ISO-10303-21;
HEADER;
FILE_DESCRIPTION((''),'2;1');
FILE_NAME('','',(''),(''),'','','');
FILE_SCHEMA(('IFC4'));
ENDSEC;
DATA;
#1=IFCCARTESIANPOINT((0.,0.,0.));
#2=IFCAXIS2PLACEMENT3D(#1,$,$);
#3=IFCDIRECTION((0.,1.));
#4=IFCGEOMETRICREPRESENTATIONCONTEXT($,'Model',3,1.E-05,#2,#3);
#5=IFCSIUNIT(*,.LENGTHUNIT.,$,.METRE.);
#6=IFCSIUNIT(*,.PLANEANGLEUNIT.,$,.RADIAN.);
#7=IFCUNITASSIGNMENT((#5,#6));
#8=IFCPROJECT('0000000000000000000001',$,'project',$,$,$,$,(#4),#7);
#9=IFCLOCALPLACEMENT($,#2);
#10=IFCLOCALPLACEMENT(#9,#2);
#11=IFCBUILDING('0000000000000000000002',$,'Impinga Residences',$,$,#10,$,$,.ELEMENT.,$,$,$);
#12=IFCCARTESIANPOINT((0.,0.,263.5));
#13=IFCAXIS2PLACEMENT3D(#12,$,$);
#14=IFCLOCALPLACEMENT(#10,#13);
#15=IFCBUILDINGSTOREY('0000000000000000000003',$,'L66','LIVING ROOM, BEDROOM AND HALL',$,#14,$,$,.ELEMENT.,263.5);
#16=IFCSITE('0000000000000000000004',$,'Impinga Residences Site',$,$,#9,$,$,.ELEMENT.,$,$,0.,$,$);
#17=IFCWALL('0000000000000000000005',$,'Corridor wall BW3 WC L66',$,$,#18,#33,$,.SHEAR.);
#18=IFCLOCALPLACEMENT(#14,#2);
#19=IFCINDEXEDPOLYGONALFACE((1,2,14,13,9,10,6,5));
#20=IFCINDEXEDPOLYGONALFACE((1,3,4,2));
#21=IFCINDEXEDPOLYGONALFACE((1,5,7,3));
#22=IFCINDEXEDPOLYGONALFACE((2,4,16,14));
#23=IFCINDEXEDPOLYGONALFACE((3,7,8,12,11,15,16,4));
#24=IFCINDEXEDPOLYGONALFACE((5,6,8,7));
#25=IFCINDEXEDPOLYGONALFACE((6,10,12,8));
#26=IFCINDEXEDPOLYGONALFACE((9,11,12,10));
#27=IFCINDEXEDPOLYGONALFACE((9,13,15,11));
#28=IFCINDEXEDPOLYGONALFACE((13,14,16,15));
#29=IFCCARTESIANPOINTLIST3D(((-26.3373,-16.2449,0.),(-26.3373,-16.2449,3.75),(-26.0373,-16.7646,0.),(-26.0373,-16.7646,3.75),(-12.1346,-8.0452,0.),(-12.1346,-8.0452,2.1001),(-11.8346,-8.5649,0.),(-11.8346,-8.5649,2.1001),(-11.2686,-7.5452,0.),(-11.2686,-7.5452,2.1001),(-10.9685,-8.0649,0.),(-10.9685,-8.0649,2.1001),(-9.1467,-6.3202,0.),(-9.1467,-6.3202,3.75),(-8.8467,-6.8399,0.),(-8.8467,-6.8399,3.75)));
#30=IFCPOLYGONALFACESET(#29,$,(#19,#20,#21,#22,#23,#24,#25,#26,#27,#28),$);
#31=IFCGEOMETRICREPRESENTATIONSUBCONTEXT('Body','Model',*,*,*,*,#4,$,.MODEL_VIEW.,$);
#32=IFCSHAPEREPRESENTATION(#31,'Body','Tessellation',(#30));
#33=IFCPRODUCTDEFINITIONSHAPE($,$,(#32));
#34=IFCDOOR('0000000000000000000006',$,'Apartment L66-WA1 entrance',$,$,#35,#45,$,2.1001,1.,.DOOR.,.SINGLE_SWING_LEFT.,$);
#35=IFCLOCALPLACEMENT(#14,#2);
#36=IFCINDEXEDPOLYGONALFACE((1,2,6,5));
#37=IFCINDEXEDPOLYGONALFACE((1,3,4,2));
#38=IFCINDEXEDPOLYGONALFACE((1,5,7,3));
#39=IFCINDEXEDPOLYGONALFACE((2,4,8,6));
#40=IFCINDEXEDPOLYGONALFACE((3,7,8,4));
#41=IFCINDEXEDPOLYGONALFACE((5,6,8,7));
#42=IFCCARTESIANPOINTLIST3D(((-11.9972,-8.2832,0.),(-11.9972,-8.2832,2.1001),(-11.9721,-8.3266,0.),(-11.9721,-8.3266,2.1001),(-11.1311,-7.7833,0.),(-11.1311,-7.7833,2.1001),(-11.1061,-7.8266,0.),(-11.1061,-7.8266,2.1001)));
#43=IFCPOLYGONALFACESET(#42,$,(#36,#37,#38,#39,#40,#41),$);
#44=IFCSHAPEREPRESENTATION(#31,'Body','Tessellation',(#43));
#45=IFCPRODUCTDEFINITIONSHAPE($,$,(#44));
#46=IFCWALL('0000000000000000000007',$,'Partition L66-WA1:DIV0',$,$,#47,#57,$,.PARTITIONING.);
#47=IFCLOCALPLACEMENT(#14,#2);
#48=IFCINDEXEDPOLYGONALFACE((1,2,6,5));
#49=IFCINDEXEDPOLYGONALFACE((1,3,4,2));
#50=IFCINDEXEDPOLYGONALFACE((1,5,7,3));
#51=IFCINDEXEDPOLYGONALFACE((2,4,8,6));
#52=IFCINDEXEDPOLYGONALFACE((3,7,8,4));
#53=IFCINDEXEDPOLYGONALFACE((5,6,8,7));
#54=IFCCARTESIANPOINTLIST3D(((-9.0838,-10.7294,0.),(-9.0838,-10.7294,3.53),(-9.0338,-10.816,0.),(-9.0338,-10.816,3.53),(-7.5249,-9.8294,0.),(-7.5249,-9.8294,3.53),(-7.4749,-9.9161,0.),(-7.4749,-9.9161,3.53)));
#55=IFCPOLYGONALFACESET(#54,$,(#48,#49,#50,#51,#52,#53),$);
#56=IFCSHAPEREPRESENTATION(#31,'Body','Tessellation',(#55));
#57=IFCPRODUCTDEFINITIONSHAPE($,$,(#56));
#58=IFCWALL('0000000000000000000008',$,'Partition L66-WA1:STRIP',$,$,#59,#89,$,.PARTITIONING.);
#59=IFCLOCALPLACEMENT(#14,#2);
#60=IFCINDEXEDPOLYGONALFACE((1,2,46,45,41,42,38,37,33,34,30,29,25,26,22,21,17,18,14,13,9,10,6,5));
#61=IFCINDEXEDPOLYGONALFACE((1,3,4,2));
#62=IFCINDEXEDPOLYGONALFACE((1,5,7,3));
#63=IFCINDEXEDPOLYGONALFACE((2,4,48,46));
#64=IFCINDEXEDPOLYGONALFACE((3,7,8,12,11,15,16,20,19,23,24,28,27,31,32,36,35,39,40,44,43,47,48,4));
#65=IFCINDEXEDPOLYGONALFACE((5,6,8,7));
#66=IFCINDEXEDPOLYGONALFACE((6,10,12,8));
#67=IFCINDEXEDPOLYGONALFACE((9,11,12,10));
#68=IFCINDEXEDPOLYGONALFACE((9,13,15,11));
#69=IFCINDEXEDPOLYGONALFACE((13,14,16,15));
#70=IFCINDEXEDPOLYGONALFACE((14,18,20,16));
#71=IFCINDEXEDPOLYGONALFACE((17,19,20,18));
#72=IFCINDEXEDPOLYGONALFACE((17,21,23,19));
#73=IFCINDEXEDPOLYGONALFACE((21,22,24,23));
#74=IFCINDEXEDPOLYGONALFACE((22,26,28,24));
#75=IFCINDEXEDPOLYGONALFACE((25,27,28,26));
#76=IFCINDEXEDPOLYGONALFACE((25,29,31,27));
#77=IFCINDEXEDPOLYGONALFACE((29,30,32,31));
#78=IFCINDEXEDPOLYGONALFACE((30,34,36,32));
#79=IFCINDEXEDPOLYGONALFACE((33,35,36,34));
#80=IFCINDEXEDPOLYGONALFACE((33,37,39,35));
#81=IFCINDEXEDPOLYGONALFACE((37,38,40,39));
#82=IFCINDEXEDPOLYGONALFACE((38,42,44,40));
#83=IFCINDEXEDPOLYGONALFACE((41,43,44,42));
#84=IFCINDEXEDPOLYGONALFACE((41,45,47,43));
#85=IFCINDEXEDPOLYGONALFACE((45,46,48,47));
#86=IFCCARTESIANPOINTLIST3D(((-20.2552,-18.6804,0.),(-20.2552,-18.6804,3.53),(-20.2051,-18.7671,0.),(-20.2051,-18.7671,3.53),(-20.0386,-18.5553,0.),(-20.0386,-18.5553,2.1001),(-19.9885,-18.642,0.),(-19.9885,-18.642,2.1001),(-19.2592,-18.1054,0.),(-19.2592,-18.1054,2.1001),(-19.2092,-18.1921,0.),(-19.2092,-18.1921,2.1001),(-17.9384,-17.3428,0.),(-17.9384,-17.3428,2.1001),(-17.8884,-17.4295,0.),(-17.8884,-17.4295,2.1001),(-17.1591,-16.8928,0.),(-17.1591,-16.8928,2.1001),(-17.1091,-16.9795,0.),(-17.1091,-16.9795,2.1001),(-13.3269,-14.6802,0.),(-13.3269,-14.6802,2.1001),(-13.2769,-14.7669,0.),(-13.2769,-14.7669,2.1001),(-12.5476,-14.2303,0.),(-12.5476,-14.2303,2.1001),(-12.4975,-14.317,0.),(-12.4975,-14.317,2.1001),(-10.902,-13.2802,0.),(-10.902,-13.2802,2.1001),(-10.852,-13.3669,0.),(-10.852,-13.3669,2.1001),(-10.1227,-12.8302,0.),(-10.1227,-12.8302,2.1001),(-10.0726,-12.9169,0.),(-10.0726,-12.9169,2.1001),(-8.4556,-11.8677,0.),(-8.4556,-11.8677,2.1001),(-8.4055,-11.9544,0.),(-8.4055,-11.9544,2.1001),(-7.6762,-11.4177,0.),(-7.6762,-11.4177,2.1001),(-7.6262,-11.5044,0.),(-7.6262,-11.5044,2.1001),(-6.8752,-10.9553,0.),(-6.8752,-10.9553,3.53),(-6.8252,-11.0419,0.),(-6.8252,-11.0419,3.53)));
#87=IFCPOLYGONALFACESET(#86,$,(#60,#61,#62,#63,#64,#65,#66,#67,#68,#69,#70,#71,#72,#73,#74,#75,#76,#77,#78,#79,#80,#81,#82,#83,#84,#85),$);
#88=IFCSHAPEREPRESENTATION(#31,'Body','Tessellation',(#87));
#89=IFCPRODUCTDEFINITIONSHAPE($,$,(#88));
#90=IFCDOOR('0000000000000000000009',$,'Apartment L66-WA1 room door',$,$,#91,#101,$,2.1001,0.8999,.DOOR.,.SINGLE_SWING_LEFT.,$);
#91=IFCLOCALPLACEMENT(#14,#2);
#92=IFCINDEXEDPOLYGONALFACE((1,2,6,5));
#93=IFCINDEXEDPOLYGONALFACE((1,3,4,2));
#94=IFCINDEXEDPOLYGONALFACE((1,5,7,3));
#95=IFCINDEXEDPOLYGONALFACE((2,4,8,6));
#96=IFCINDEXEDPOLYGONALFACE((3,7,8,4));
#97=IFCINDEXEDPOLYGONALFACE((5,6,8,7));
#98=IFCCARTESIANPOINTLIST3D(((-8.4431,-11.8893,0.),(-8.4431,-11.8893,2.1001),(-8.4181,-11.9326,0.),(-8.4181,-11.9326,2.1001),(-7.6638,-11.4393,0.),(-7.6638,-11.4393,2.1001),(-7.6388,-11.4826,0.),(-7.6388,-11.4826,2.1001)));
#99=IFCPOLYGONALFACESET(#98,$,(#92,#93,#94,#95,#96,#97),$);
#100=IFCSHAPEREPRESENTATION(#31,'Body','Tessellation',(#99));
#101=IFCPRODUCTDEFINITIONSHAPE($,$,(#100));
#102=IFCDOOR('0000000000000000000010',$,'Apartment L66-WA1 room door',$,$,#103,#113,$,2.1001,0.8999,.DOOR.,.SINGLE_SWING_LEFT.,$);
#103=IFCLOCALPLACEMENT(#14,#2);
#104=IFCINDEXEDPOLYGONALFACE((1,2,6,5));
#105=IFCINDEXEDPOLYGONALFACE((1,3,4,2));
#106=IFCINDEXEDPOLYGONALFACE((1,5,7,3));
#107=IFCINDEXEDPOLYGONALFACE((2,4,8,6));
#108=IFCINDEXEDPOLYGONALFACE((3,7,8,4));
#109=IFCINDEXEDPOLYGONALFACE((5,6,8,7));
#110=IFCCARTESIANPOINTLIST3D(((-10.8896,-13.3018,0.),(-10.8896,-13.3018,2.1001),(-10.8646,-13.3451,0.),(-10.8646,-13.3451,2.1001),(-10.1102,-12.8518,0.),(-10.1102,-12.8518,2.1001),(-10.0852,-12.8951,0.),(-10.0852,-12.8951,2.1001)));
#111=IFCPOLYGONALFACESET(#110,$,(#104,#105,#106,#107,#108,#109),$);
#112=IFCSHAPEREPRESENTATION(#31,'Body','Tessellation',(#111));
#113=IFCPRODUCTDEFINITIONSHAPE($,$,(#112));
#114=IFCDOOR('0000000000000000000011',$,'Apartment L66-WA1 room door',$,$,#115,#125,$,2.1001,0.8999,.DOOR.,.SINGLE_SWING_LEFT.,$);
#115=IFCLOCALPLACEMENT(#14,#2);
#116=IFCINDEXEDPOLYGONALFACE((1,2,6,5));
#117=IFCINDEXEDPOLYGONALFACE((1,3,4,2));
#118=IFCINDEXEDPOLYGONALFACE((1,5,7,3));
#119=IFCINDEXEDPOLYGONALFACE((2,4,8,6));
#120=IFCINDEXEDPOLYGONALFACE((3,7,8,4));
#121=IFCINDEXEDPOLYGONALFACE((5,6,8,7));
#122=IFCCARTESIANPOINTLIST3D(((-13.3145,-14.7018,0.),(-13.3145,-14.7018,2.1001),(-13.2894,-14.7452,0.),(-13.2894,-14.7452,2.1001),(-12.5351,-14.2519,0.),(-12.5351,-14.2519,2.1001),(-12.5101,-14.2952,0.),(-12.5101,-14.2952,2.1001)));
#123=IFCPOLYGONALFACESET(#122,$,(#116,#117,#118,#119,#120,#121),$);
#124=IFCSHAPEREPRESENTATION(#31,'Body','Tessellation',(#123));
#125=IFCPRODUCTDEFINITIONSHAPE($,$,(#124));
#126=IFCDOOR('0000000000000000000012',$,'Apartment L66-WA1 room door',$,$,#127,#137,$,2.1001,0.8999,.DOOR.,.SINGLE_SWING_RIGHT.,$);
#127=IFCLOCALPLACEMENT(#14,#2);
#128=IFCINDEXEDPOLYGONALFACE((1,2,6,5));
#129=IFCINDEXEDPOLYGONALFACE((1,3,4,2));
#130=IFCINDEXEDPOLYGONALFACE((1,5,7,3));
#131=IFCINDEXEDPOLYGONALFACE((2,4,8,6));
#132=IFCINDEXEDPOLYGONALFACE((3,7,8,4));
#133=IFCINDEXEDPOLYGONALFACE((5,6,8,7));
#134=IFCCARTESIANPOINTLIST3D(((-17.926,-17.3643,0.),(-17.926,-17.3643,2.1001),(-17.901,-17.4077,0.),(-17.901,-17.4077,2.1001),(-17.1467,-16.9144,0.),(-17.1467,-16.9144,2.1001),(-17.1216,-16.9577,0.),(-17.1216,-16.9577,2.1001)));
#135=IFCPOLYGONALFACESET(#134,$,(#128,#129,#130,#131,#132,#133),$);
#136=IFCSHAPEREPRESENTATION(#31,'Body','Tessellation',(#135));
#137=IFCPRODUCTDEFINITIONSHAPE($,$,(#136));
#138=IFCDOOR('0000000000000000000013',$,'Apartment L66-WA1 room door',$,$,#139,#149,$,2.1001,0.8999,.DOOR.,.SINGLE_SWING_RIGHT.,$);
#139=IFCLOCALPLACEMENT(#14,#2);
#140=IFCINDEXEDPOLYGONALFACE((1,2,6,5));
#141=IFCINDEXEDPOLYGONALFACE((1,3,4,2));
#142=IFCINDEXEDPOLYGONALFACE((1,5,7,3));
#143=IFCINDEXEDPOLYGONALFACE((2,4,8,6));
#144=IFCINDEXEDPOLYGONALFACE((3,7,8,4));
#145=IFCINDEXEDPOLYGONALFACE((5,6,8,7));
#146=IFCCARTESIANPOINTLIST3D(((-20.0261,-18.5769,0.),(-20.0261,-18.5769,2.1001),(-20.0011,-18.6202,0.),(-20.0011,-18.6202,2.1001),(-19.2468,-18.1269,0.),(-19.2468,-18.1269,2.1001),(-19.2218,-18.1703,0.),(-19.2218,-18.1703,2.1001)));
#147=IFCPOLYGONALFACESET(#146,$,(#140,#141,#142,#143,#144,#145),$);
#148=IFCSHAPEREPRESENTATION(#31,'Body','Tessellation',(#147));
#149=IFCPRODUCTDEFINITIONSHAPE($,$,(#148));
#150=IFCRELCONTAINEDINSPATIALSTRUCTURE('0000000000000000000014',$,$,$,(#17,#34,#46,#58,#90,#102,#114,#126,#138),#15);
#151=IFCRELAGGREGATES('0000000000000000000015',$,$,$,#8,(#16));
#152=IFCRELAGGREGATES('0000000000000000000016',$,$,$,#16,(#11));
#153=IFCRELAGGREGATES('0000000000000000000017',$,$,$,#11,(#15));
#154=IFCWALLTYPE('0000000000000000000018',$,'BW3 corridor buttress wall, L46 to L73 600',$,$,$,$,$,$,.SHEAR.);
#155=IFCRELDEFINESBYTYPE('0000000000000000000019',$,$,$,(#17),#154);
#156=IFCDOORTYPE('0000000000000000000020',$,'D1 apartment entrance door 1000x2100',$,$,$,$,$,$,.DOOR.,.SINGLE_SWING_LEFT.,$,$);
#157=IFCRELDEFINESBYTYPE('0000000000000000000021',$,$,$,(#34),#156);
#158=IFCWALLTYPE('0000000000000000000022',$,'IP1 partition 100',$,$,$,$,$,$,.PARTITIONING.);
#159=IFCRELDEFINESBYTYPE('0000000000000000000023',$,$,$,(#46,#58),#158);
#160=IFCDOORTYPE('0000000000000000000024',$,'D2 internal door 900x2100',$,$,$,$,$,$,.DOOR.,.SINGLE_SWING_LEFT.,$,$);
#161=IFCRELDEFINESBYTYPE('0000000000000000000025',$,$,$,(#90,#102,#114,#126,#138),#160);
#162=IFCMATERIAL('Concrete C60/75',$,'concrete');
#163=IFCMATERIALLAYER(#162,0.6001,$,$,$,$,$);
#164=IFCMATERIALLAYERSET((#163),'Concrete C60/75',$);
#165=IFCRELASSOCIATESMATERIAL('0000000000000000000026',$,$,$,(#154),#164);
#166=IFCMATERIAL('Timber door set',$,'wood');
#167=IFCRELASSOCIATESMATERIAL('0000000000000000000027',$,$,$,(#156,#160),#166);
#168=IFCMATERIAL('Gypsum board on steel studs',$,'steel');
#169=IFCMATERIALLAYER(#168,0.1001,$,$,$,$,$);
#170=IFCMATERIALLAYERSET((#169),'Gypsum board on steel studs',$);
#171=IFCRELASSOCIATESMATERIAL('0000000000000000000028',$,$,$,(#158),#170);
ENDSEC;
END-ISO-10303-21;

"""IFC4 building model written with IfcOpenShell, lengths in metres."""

from ifc_helpers import new_model, si_unit, direction, frame, frame_2d, origin, place, context, subcontext, project, spatial, rectangle, extrude, material, layer, layer_set, type_object, element, fill, save


model = new_model("IFC4")

# Units and contexts
model_context = context("Model", 3, precision=1e-05, world=origin(), true_north=direction((0.0, 1.0)))
body_context = subcontext(model_context, "Body", "Model", "MODEL_VIEW")
ifc_project = project(units=[si_unit("LENGTHUNIT", "METRE"), si_unit("PLANEANGLEUNIT", "RADIAN")], contexts=[model_context])

# Site, building, storey
site_placement = place(None, origin())
site = spatial("IfcSite", under=ifc_project, at=site_placement, Name="Impinga Residences Site", CompositionType="ELEMENT", RefElevation=0.0)
building_placement = place(site_placement, origin())
building = spatial("IfcBuilding", under=site, at=building_placement, Name="Impinga Residences", CompositionType="ELEMENT")
storey_placement = place(building_placement, frame((0.0, 0.0, 263.5)))
storey = spatial("IfcBuildingStorey", under=building, at=storey_placement, Name="L66", Description="LIVING ROOM, BEDROOM AND HALL", CompositionType="ELEMENT", Elevation=263.5)

# Wall, opening, door
ifc_material_1 = material(Name="Concrete C60/75", Category="concrete")
ifc_layer_1 = layer(ifc_material_1, 0.6001)
ifc_layer_set_1 = layer_set([ifc_layer_1], Name="Concrete C60/75")
wall_type_1 = type_object("IfcWallType", Name="BW3 corridor buttress wall, L46 to L73 600", PredefinedType="SHEAR", material=ifc_layer_set_1)
wall_1_placement = place(storey_placement, frame((-8.9968, -6.5801, 0.0), z_axis=(0.0, 0.0, 1.0), x_axis=(-0.866031, -0.499991, 0.0)))
wall_1 = element("IfcWall", 1, at=wall_1_placement, inside=storey, type_object=wall_type_1, Name="Corridor wall BW3 WC L66", PredefinedType="SHEAR", context=body_context, shape_type="SweptSolid", body=[
    extrude(rectangle(XDim=19.8499, YDim=0.6001, at=frame_2d((9.9248, 0.0))), origin(), (0.0, 0.0, 1.0), 3.75),
])
opening_1_placement = place(wall_1_placement, frame((2.45, 0.0, 0.0)))
opening_1 = element("IfcOpeningElement", 2, at=opening_1_placement, cuts=wall_1, PredefinedType="OPENING", context=body_context, shape_type="SweptSolid", body=[
    extrude(rectangle(XDim=1.0, YDim=2.1001, at=frame_2d((0.5, 1.05))), frame((0.0, 0.3101, 0.0), z_axis=(0.0, -1.0, 0.0), x_axis=(1.0, 0.0, 0.0)), (0.0, 0.0, 1.0), 0.6201),
])
ifc_material_2 = material(Name="Timber door set", Category="wood")
door_type_1 = type_object("IfcDoorType", Name="D1 apartment entrance door 1000x2100", OperationType="SINGLE_SWING_LEFT", PredefinedType="DOOR", material=ifc_material_2)
door_1_placement = place(opening_1_placement, origin())
door_1 = element("IfcDoor", 3, at=door_1_placement, inside=storey, type_object=door_type_1, Name="Apartment L66-WA1 entrance", OperationType="SINGLE_SWING_LEFT", OverallHeight=2.1001, OverallWidth=1.0, PredefinedType="DOOR", context=body_context, shape_type="SweptSolid", body=[
    extrude(rectangle(XDim=1.0, YDim=2.1001, at=frame_2d((0.5, 1.05))), frame((0.0, 0.0249, 0.0), z_axis=(0.0, -1.0, 0.0), x_axis=(1.0, 0.0, 0.0)), (0.0, 0.0, 1.0), 0.05),
])
fill(opening_1, door_1)

# Wall
ifc_material_3 = material(Name="Gypsum board on steel studs", Category="steel")
ifc_layer_2 = layer(ifc_material_3, 0.1001)
ifc_layer_set_2 = layer_set([ifc_layer_2], Name="Gypsum board on steel studs")
wall_type_2 = type_object("IfcWallType", Name="IP1 partition 100", PredefinedType="PARTITIONING", material=ifc_layer_set_2)
wall_2_placement = place(storey_placement, frame((-7.5, -9.8728, 0.0), z_axis=(0.0, 0.0, 1.0), x_axis=(-0.866048, -0.499961, 0.0)))
element("IfcWall", 4, at=wall_2_placement, inside=storey, type_object=wall_type_2, Name="Partition L66-WA1:DIV0", PredefinedType="PARTITIONING", context=body_context, shape_type="SweptSolid", body=[
    extrude(rectangle(XDim=1.8, YDim=0.1001, at=frame_2d((0.8999, 0.0))), origin(), (0.0, 0.0, 1.0), 3.53),
])

# Wall, openings, doors
wall_3_placement = place(storey_placement, frame((-6.8501, -10.9985, 0.0), z_axis=(0.0, 0.0, 1.0), x_axis=(-0.866019, -0.500011, 0.0)))
wall_3 = element("IfcWall", 5, at=wall_3_placement, inside=storey, type_object=wall_type_2, Name="Partition L66-WA1:STRIP", PredefinedType="PARTITIONING", context=body_context, shape_type="SweptSolid", body=[
    extrude(rectangle(XDim=15.45, YDim=0.1001, at=frame_2d((7.7251, 0.0))), origin(), (0.0, 0.0, 1.0), 3.53),
])
opening_2_placement = place(wall_3_placement, frame((0.925, 0.0, 0.0)))
opening_2 = element("IfcOpeningElement", 6, at=opening_2_placement, cuts=wall_3, PredefinedType="OPENING", context=body_context, shape_type="SweptSolid", body=[
    extrude(rectangle(XDim=0.8999, YDim=2.1001, at=frame_2d((0.45, 1.05))), frame((0.0, 0.0601, 0.0), z_axis=(0.0, -1.0, 0.0), x_axis=(1.0, 0.0, 0.0)), (0.0, 0.0, 1.0), 0.1201),
])
opening_3_placement = place(wall_3_placement, frame((3.75, 0.0, 0.0)))
opening_3 = element("IfcOpeningElement", 7, at=opening_3_placement, cuts=wall_3, PredefinedType="OPENING", context=body_context, shape_type="SweptSolid", body=[
    extrude(rectangle(XDim=0.8999, YDim=2.1001, at=frame_2d((0.45, 1.05))), frame((0.0, 0.0601, 0.0), z_axis=(0.0, -1.0, 0.0), x_axis=(1.0, 0.0, 0.0)), (0.0, 0.0, 1.0), 0.1201),
])
opening_4_placement = place(wall_3_placement, frame((6.55, 0.0, 0.0)))
opening_4 = element("IfcOpeningElement", 8, at=opening_4_placement, cuts=wall_3, PredefinedType="OPENING", context=body_context, shape_type="SweptSolid", body=[
    extrude(rectangle(XDim=0.8999, YDim=2.1001, at=frame_2d((0.45, 1.05))), frame((0.0, 0.0601, 0.0), z_axis=(0.0, -1.0, 0.0), x_axis=(1.0, 0.0, 0.0)), (0.0, 0.0, 1.0), 0.1201),
])
opening_5_placement = place(wall_3_placement, frame((11.875, 0.0, 0.0)))
opening_5 = element("IfcOpeningElement", 9, at=opening_5_placement, cuts=wall_3, PredefinedType="OPENING", context=body_context, shape_type="SweptSolid", body=[
    extrude(rectangle(XDim=0.8999, YDim=2.1001, at=frame_2d((0.45, 1.05))), frame((0.0, 0.0601, 0.0), z_axis=(0.0, -1.0, 0.0), x_axis=(1.0, 0.0, 0.0)), (0.0, 0.0, 1.0), 0.1201),
])
opening_6_placement = place(wall_3_placement, frame((14.3, 0.0, 0.0)))
opening_6 = element("IfcOpeningElement", 10, at=opening_6_placement, cuts=wall_3, PredefinedType="OPENING", context=body_context, shape_type="SweptSolid", body=[
    extrude(rectangle(XDim=0.8999, YDim=2.1001, at=frame_2d((0.45, 1.05))), frame((0.0, 0.0601, 0.0), z_axis=(0.0, -1.0, 0.0), x_axis=(1.0, 0.0, 0.0)), (0.0, 0.0, 1.0), 0.1201),
])
door_type_2 = type_object("IfcDoorType", Name="D2 internal door 900x2100", OperationType="SINGLE_SWING_LEFT", PredefinedType="DOOR", material=ifc_material_2)
door_2_placement = place(opening_2_placement, origin())
door_2 = element("IfcDoor", 11, at=door_2_placement, inside=storey, type_object=door_type_2, Name="Apartment L66-WA1 room door", OperationType="SINGLE_SWING_LEFT", OverallHeight=2.1001, OverallWidth=0.8999, PredefinedType="DOOR", context=body_context, shape_type="SweptSolid", body=[
    extrude(rectangle(XDim=0.8999, YDim=2.1001, at=frame_2d((0.45, 1.05))), frame((0.0, 0.0249, 0.0), z_axis=(0.0, -1.0, 0.0), x_axis=(1.0, 0.0, 0.0)), (0.0, 0.0, 1.0), 0.05),
])
fill(opening_2, door_2)
door_3_placement = place(opening_3_placement, origin())
door_3 = element("IfcDoor", 12, at=door_3_placement, inside=storey, type_object=door_type_2, Name="Apartment L66-WA1 room door", OperationType="SINGLE_SWING_LEFT", OverallHeight=2.1001, OverallWidth=0.8999, PredefinedType="DOOR", context=body_context, shape_type="SweptSolid", body=[
    extrude(rectangle(XDim=0.8999, YDim=2.1001, at=frame_2d((0.45, 1.05))), frame((0.0, 0.0249, 0.0), z_axis=(0.0, -1.0, 0.0), x_axis=(1.0, 0.0, 0.0)), (0.0, 0.0, 1.0), 0.05),
])
fill(opening_3, door_3)
door_4_placement = place(opening_4_placement, origin())
door_4 = element("IfcDoor", 13, at=door_4_placement, inside=storey, type_object=door_type_2, Name="Apartment L66-WA1 room door", OperationType="SINGLE_SWING_LEFT", OverallHeight=2.1001, OverallWidth=0.8999, PredefinedType="DOOR", context=body_context, shape_type="SweptSolid", body=[
    extrude(rectangle(XDim=0.8999, YDim=2.1001, at=frame_2d((0.45, 1.05))), frame((0.0, 0.0249, 0.0), z_axis=(0.0, -1.0, 0.0), x_axis=(1.0, 0.0, 0.0)), (0.0, 0.0, 1.0), 0.05),
])
fill(opening_4, door_4)
door_5_placement = place(opening_5_placement, origin())
door_5 = element("IfcDoor", 14, at=door_5_placement, inside=storey, type_object=door_type_2, Name="Apartment L66-WA1 room door", OperationType="SINGLE_SWING_RIGHT", OverallHeight=2.1001, OverallWidth=0.8999, PredefinedType="DOOR", context=body_context, shape_type="SweptSolid", body=[
    extrude(rectangle(XDim=0.8999, YDim=2.1001, at=frame_2d((0.45, 1.05))), frame((0.0, 0.0249, 0.0), z_axis=(0.0, -1.0, 0.0), x_axis=(1.0, 0.0, 0.0)), (0.0, 0.0, 1.0), 0.05),
])
fill(opening_5, door_5)
door_6_placement = place(opening_6_placement, origin())
door_6 = element("IfcDoor", 15, at=door_6_placement, inside=storey, type_object=door_type_2, Name="Apartment L66-WA1 room door", OperationType="SINGLE_SWING_RIGHT", OverallHeight=2.1001, OverallWidth=0.8999, PredefinedType="DOOR", context=body_context, shape_type="SweptSolid", body=[
    extrude(rectangle(XDim=0.8999, YDim=2.1001, at=frame_2d((0.45, 1.05))), frame((0.0, 0.0249, 0.0), z_axis=(0.0, -1.0, 0.0), x_axis=(1.0, 0.0, 0.0)), (0.0, 0.0, 1.0), 0.05),
])
fill(opening_6, door_6)

save(model, "model.ifc")
